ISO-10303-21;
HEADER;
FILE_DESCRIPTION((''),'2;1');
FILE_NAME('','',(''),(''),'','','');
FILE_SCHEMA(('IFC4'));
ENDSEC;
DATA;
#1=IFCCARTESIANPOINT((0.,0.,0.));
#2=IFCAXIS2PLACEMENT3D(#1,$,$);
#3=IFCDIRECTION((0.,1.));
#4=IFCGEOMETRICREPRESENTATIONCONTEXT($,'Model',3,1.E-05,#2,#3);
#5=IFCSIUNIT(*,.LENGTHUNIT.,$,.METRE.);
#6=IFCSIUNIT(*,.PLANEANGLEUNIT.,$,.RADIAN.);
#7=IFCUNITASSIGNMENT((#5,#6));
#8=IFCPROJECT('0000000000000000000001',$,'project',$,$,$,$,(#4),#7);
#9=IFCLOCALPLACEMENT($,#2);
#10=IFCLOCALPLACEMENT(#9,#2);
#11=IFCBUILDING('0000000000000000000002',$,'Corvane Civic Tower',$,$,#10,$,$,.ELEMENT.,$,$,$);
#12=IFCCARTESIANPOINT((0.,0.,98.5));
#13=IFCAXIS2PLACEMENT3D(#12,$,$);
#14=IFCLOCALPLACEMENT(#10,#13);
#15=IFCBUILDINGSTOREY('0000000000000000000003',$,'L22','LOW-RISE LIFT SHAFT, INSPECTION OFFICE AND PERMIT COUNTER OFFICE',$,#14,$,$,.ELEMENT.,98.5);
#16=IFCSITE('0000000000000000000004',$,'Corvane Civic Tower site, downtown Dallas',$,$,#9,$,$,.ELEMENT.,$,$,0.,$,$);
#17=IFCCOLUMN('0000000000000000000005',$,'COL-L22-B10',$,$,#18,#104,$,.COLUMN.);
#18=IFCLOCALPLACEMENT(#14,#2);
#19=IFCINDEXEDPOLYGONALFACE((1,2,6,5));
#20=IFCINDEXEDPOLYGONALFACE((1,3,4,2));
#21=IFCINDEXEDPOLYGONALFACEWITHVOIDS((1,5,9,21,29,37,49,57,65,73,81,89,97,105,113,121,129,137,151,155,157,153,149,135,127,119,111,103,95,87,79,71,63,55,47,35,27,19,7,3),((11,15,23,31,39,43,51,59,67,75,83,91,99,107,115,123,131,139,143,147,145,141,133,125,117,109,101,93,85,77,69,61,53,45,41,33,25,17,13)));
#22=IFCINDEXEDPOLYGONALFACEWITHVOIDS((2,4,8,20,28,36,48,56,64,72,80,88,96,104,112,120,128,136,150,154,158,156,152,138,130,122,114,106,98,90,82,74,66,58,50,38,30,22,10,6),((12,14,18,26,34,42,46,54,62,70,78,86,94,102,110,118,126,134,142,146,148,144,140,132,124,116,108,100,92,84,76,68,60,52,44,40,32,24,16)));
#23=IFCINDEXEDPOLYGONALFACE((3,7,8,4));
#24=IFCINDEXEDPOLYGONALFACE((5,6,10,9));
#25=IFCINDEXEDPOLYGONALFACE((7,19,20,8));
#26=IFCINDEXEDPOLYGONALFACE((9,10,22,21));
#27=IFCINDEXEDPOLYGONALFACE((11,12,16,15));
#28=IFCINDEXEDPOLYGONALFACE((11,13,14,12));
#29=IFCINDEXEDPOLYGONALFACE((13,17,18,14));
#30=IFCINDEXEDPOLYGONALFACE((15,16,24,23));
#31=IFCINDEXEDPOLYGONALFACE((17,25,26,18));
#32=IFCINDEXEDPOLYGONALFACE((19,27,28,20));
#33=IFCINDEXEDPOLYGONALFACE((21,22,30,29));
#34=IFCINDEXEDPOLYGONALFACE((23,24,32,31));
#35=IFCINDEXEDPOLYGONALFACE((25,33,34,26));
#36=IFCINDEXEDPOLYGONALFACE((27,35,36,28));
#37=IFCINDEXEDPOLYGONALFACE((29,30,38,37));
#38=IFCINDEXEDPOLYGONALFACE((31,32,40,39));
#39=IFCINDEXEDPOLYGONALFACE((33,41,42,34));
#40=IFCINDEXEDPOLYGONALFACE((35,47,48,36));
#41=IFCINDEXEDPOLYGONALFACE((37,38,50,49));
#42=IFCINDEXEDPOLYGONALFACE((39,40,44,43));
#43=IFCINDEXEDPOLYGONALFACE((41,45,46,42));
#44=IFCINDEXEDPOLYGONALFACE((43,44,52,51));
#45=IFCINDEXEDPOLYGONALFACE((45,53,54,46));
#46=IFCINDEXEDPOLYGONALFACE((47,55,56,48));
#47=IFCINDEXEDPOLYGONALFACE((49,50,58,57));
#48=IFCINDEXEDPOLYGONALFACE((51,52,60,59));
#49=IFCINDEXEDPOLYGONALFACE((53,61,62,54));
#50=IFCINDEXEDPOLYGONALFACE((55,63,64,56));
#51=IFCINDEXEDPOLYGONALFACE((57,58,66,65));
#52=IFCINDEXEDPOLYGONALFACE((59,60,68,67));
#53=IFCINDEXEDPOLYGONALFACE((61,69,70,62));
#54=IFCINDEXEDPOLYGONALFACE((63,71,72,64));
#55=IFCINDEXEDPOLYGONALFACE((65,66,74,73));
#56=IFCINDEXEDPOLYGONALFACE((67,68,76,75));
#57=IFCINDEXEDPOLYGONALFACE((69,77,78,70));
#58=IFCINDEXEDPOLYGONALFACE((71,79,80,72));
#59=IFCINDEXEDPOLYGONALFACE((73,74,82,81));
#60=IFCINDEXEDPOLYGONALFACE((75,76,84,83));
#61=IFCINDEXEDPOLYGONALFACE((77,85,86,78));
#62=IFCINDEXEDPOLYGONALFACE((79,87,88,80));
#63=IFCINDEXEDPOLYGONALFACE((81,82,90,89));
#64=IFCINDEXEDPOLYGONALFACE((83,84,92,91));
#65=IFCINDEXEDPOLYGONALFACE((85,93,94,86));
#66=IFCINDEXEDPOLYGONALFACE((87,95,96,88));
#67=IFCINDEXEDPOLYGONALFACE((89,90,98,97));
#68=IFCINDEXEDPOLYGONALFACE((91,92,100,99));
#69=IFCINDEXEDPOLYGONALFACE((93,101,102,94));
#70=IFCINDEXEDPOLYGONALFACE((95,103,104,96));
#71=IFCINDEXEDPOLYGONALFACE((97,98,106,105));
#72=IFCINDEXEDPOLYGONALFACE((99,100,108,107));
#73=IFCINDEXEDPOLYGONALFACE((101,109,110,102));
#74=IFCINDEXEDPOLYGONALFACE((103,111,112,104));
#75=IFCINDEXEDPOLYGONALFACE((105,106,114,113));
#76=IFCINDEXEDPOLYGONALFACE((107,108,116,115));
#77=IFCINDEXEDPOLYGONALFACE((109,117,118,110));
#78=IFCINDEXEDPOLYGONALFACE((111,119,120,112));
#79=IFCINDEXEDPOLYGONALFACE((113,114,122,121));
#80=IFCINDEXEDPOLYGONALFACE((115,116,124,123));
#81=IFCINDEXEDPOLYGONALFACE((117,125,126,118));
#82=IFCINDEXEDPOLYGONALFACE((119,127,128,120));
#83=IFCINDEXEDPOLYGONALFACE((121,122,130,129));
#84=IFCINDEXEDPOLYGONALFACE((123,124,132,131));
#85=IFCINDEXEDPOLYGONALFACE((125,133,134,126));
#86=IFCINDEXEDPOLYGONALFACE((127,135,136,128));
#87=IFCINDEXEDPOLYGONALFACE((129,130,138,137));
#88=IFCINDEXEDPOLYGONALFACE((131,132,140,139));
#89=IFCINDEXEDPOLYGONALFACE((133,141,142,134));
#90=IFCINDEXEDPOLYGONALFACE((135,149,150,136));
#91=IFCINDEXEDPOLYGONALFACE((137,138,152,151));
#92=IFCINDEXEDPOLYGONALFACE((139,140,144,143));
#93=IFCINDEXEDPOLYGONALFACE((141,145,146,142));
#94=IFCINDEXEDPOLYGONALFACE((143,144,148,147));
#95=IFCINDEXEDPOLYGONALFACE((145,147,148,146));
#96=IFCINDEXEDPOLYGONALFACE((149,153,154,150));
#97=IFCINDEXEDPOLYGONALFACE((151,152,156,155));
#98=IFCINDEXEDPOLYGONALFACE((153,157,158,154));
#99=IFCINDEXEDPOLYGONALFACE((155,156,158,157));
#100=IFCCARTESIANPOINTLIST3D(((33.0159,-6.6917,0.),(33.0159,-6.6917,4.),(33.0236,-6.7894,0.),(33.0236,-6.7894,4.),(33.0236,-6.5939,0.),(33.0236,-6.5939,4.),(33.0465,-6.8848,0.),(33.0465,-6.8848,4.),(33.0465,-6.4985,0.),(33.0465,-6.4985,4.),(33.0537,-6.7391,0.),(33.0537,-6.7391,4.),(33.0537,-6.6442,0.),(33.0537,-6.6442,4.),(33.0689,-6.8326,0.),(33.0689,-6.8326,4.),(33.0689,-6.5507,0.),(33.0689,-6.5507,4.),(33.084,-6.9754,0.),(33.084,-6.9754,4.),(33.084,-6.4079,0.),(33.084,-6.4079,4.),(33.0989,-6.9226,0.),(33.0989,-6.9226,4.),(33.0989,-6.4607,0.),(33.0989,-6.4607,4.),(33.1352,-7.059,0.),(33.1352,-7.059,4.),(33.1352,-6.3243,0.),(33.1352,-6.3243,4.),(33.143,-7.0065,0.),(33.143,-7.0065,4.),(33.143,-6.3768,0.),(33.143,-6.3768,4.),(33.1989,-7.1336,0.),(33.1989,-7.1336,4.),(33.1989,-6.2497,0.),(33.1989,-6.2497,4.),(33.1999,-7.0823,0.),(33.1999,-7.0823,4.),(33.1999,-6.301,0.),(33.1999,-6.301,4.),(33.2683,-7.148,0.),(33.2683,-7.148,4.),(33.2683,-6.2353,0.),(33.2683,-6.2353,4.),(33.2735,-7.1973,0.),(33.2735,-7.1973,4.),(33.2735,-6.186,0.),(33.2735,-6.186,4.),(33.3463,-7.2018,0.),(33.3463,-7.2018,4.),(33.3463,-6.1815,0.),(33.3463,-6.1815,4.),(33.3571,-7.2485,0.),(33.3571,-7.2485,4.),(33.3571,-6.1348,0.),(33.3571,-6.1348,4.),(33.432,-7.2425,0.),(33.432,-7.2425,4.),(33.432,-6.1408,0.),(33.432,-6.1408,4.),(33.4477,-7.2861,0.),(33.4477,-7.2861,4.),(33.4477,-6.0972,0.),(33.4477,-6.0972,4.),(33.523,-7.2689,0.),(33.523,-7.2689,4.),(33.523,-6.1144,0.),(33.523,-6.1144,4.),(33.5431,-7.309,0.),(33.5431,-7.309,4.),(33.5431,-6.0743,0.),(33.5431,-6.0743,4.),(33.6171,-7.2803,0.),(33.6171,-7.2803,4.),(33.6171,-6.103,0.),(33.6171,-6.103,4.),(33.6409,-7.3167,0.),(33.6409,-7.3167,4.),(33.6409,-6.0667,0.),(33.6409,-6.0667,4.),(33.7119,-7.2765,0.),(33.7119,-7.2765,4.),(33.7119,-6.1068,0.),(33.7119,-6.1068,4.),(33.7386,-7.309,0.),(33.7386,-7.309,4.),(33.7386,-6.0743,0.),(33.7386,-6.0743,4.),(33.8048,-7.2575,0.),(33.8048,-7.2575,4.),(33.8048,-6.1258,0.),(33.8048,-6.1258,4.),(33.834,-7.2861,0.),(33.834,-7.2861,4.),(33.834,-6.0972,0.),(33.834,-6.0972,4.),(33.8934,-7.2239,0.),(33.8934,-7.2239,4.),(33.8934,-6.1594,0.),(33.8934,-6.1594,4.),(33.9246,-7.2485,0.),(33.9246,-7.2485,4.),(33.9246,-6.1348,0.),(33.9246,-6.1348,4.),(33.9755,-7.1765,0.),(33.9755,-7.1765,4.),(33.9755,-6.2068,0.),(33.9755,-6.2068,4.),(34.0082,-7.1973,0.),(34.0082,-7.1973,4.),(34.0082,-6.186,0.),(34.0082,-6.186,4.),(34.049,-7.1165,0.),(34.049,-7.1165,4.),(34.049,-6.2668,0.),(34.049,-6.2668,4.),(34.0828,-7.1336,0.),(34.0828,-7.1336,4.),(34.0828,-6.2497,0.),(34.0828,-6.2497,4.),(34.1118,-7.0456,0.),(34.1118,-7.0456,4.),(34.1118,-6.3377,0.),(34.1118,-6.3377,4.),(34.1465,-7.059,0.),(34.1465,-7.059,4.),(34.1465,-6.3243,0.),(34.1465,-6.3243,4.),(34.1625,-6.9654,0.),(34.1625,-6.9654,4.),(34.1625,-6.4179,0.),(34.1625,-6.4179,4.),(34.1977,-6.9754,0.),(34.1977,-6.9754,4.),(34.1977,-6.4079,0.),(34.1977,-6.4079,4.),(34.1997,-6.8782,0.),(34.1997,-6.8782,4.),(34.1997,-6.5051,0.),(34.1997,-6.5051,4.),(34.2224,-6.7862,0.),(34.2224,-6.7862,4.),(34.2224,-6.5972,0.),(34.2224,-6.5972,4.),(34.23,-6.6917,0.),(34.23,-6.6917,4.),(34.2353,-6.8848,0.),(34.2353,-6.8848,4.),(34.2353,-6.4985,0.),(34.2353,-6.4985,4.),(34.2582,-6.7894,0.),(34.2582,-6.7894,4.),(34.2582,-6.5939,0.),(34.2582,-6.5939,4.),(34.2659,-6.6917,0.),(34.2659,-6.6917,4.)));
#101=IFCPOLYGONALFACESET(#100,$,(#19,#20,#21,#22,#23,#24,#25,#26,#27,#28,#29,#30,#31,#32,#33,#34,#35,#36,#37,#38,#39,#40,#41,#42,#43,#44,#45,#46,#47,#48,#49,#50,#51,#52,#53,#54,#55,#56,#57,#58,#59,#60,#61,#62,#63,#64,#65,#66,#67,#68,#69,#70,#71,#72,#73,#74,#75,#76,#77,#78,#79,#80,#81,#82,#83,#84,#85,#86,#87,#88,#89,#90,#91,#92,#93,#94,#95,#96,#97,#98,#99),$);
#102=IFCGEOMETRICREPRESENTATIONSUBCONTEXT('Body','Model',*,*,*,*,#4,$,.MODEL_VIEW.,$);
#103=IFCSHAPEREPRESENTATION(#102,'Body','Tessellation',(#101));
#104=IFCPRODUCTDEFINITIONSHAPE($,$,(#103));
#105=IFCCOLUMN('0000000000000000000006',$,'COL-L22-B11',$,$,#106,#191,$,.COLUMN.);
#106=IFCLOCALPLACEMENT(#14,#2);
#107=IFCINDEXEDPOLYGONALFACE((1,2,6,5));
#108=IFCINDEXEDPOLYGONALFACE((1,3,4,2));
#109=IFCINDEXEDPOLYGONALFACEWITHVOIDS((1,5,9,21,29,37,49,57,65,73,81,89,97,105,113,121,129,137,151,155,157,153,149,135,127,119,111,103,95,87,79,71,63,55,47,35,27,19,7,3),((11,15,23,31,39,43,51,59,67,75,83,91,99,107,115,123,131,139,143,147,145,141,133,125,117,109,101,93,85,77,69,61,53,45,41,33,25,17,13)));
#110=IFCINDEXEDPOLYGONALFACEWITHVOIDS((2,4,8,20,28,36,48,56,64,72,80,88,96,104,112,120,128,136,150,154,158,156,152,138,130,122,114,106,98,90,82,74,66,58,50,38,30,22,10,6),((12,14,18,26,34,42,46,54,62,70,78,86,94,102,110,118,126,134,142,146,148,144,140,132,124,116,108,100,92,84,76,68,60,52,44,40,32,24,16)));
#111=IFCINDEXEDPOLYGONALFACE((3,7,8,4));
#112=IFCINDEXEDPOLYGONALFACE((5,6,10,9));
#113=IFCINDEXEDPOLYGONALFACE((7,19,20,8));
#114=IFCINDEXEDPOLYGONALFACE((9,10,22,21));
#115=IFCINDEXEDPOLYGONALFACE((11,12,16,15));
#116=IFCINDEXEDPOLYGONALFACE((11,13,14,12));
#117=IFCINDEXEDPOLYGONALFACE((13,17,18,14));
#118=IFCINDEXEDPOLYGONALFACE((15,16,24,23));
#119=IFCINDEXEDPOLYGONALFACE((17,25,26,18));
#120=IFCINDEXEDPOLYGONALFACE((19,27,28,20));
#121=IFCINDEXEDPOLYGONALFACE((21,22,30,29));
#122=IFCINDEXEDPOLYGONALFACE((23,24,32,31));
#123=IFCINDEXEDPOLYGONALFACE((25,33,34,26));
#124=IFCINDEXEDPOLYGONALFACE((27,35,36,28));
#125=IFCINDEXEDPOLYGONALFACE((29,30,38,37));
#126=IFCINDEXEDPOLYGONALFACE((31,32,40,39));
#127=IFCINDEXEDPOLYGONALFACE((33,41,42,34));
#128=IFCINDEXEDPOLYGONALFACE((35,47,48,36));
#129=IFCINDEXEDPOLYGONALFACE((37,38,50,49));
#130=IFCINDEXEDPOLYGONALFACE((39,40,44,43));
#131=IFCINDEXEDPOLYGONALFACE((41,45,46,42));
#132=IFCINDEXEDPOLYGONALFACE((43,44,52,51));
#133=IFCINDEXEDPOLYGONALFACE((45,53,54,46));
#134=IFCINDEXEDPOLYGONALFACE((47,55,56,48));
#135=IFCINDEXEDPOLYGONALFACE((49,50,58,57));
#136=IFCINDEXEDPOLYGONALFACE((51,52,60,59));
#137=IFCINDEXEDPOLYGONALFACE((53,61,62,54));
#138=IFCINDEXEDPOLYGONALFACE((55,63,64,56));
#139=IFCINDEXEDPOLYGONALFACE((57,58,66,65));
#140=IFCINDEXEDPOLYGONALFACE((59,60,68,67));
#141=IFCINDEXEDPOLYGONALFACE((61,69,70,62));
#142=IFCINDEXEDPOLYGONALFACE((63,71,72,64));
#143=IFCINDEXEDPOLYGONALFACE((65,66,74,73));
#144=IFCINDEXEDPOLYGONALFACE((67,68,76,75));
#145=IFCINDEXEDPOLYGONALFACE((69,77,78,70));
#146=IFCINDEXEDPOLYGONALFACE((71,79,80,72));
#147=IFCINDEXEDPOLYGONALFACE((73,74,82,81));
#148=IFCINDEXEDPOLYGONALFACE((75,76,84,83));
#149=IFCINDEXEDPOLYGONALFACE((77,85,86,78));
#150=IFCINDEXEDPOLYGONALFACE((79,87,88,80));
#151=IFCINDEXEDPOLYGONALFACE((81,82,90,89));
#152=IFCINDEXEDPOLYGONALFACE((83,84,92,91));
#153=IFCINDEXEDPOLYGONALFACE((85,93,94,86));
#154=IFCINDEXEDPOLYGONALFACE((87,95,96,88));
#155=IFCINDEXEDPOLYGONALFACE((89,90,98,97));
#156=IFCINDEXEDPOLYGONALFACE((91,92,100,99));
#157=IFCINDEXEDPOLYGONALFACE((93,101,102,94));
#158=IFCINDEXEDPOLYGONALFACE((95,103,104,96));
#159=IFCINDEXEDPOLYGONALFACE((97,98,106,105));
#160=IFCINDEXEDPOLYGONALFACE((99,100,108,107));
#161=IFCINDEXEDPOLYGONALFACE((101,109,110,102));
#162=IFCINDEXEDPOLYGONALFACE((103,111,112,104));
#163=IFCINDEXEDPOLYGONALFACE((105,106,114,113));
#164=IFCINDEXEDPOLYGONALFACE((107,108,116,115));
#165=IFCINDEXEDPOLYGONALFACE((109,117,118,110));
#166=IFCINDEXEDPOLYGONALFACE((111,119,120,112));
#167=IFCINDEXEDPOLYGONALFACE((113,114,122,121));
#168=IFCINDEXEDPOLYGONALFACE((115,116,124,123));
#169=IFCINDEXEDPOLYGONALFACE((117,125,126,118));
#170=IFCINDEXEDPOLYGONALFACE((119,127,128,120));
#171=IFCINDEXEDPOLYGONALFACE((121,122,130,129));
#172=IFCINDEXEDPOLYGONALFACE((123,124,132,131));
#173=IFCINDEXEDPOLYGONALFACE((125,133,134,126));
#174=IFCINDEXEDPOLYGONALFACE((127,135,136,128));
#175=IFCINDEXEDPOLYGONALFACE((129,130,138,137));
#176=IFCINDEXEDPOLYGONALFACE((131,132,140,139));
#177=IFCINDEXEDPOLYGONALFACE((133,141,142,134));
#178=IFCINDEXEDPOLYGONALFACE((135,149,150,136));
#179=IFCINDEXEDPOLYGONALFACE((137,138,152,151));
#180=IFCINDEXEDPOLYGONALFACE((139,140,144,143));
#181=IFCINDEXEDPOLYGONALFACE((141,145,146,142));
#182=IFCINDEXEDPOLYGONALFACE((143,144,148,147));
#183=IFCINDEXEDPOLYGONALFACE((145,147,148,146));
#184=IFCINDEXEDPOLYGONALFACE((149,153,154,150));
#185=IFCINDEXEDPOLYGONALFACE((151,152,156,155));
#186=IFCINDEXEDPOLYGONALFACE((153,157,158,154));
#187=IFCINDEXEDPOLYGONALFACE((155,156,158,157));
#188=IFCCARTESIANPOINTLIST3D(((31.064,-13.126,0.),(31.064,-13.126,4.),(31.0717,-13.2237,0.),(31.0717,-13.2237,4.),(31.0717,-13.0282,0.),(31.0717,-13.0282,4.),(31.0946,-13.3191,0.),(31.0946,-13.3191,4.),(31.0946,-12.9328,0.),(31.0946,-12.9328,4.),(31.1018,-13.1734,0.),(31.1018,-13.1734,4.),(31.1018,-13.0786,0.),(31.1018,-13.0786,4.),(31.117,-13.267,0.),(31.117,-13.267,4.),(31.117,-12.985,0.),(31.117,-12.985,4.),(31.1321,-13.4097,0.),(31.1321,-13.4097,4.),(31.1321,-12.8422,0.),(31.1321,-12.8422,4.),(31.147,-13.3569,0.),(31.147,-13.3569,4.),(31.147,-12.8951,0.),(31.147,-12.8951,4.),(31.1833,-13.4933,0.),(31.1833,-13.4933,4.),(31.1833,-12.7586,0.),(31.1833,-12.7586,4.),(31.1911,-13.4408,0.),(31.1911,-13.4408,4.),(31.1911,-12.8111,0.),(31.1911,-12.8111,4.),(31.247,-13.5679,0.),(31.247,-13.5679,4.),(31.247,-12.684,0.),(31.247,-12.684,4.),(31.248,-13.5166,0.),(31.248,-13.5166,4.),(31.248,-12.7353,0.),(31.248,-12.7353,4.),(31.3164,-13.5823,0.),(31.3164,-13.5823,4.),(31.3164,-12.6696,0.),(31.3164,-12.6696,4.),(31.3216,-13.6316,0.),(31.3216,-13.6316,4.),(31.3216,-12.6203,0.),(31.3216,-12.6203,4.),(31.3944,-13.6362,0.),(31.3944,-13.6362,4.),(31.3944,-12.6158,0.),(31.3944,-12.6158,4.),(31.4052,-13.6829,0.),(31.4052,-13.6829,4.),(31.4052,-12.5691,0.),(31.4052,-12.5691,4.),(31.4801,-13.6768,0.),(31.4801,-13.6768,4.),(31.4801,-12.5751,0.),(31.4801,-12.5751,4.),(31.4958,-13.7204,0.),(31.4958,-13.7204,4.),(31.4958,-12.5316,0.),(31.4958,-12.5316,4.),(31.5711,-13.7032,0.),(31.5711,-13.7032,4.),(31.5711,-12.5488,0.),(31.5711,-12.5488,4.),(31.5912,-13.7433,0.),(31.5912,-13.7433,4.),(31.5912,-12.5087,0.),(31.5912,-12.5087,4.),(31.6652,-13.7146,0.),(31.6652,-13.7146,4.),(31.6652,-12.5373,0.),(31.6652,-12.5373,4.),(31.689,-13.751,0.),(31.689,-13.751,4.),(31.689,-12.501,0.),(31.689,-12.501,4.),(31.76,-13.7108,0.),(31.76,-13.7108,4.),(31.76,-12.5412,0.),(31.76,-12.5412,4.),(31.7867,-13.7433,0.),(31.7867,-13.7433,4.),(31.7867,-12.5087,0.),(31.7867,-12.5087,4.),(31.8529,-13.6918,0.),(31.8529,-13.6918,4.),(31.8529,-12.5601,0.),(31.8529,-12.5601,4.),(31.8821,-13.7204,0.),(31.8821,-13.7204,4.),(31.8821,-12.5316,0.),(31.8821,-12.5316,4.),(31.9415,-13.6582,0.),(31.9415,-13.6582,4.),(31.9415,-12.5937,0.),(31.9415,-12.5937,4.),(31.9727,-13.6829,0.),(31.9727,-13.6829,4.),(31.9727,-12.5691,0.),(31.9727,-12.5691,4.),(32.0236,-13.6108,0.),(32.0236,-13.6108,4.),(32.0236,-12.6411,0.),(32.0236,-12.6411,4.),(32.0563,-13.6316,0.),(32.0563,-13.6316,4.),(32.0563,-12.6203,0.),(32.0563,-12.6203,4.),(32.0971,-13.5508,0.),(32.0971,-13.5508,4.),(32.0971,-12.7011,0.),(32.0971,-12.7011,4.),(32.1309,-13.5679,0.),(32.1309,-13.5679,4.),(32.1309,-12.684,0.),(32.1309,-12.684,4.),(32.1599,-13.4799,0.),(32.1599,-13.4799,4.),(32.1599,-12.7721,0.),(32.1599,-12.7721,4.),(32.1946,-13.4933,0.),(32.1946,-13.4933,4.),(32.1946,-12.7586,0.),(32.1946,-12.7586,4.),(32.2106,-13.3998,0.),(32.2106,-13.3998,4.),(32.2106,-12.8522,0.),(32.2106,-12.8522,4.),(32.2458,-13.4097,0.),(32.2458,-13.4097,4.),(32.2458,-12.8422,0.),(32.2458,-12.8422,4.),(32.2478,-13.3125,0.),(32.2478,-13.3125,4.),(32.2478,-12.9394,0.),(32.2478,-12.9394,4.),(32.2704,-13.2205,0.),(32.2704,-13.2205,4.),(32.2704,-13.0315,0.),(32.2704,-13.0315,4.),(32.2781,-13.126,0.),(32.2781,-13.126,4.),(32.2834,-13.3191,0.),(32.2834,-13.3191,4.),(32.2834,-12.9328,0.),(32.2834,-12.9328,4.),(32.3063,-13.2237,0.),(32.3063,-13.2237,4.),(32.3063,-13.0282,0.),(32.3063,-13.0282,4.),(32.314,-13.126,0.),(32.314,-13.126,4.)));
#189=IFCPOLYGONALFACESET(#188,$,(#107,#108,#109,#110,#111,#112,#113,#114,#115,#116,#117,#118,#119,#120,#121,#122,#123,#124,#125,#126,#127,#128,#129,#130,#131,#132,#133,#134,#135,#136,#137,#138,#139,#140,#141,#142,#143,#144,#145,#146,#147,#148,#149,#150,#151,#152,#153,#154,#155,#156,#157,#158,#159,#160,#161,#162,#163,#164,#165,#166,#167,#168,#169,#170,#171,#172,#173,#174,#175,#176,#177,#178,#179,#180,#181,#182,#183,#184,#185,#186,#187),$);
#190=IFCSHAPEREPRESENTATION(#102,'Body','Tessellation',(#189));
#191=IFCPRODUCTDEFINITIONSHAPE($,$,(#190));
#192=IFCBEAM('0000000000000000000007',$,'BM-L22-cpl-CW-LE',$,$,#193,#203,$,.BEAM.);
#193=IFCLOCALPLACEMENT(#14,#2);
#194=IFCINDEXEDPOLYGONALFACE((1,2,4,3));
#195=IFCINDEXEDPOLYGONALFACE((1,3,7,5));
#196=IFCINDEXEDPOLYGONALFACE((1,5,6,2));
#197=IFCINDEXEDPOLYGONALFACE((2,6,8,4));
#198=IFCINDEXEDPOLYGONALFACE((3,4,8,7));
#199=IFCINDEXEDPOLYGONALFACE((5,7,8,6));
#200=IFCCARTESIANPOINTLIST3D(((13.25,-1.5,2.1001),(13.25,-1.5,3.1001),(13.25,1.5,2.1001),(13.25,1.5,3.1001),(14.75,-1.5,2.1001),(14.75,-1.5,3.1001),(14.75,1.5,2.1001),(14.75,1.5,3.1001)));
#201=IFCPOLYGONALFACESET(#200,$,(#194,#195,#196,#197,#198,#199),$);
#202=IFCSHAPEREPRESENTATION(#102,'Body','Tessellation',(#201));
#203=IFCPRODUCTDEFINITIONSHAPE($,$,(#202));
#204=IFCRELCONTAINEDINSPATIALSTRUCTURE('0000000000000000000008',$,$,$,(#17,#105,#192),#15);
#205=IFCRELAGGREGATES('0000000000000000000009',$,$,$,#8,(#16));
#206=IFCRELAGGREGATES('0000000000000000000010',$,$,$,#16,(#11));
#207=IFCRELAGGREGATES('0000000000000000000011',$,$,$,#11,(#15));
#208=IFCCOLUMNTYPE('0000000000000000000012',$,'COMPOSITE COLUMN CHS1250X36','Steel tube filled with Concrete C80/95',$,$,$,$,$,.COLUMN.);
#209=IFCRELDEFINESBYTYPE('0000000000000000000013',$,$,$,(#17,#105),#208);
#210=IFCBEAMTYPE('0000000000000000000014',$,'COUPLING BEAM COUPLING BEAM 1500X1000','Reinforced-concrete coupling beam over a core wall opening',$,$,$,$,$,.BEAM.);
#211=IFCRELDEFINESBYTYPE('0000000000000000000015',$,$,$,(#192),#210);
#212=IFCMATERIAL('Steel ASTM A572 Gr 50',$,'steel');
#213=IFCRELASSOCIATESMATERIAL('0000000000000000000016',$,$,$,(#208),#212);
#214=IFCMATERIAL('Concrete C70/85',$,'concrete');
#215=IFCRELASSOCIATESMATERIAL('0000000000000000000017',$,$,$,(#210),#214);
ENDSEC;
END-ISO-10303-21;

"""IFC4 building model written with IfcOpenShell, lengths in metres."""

from ifc_helpers import new_model, si_unit, direction, frame, origin, origin_2d, place, context, subcontext, project, spatial, rectangle, hollow_circle, extrude, material, material_profile, profile_set, type_object, element, save


model = new_model("IFC4")

# Units and contexts
model_context = context("Model", 3, precision=1e-05, world=origin(), true_north=direction((0.0, 1.0)))
body_context = subcontext(model_context, "Body", "Model", "MODEL_VIEW")
ifc_project = project(units=[si_unit("LENGTHUNIT", "METRE"), si_unit("PLANEANGLEUNIT", "RADIAN")], contexts=[model_context])

# Site, building, storey
site_placement = place(None, origin())
site = spatial("IfcSite", under=ifc_project, at=site_placement, Name="Corvane Civic Tower site, downtown Dallas", CompositionType="ELEMENT", RefElevation=0.0)
building_placement = place(site_placement, origin())
building = spatial("IfcBuilding", under=site, at=building_placement, Name="Corvane Civic Tower", CompositionType="ELEMENT")
storey_placement = place(building_placement, frame((0.0, 0.0, 98.5)))
storey = spatial("IfcBuildingStorey", under=building, at=storey_placement, Name="L22", Description="LOW-RISE LIFT SHAFT, INSPECTION OFFICE AND PERMIT COUNTER OFFICE", CompositionType="ELEMENT", Elevation=98.5)

# Columns
ifc_material_1 = material(Name="Steel ASTM A572 Gr 50", Category="steel")
ifc_material_profile_1 = material_profile(ifc_material_1, hollow_circle(Radius=0.625, WallThickness=0.0359, at=origin_2d()), Name="CHS1250X36")
ifc_profile_set_1 = profile_set([ifc_material_profile_1], Name="Steel ASTM A572 Gr 50")
column_type = type_object("IfcColumnType", Name="COMPOSITE COLUMN CHS1250X36", Description="Steel tube filled with Concrete C80/95", PredefinedType="COLUMN", material=ifc_profile_set_1)
for number, where, z_axis, x_axis, name in (
    (1, (33.6409, -6.6917, 0.0), (0.0, 0.0, 1.0), (1.0, 0.0, 0.0), "COL-L22-B10"),
    (2, (31.689, -13.126, 0.0), (0.0, 0.0, 1.0), (1.0, 0.0, 0.0), "COL-L22-B11"),
):
    element("IfcColumn", number, at=place(storey_placement, frame(where, z_axis=z_axis, x_axis=x_axis)), inside=storey, type_object=column_type, Name=name, PredefinedType="COLUMN", context=body_context, shape_type="SweptSolid", body=[
        extrude(hollow_circle(Radius=0.625, WallThickness=0.0359, at=origin_2d()), origin(), (0.0, 0.0, 1.0), 4.0),
    ])

# Beam
ifc_material_2 = material(Name="Concrete C70/85", Category="concrete")
ifc_material_profile_2 = material_profile(ifc_material_2, rectangle(XDim=1.5, YDim=1.0, at=origin_2d()), Name="COUPLING BEAM 1500X1000")
ifc_profile_set_2 = profile_set([ifc_material_profile_2], Name="Concrete C70/85")
beam_type_1 = type_object("IfcBeamType", Name="COUPLING BEAM COUPLING BEAM 1500X1000", Description="Reinforced-concrete coupling beam over a core wall opening", PredefinedType="BEAM", material=ifc_profile_set_2)
beam_1_placement = place(storey_placement, frame((14.0, -1.5, 2.6001), z_axis=(0.0, 1.0, 0.0), x_axis=(-1.0, 0.0, 0.0)))
element("IfcBeam", 3, at=beam_1_placement, inside=storey, type_object=beam_type_1, Name="BM-L22-cpl-CW-LE", PredefinedType="BEAM", context=body_context, shape_type="SweptSolid", body=[
    extrude(rectangle(XDim=1.5, YDim=1.0, at=origin_2d()), origin(), (0.0, 0.0, 1.0), 3.0),
])

save(model, "model.ifc")
